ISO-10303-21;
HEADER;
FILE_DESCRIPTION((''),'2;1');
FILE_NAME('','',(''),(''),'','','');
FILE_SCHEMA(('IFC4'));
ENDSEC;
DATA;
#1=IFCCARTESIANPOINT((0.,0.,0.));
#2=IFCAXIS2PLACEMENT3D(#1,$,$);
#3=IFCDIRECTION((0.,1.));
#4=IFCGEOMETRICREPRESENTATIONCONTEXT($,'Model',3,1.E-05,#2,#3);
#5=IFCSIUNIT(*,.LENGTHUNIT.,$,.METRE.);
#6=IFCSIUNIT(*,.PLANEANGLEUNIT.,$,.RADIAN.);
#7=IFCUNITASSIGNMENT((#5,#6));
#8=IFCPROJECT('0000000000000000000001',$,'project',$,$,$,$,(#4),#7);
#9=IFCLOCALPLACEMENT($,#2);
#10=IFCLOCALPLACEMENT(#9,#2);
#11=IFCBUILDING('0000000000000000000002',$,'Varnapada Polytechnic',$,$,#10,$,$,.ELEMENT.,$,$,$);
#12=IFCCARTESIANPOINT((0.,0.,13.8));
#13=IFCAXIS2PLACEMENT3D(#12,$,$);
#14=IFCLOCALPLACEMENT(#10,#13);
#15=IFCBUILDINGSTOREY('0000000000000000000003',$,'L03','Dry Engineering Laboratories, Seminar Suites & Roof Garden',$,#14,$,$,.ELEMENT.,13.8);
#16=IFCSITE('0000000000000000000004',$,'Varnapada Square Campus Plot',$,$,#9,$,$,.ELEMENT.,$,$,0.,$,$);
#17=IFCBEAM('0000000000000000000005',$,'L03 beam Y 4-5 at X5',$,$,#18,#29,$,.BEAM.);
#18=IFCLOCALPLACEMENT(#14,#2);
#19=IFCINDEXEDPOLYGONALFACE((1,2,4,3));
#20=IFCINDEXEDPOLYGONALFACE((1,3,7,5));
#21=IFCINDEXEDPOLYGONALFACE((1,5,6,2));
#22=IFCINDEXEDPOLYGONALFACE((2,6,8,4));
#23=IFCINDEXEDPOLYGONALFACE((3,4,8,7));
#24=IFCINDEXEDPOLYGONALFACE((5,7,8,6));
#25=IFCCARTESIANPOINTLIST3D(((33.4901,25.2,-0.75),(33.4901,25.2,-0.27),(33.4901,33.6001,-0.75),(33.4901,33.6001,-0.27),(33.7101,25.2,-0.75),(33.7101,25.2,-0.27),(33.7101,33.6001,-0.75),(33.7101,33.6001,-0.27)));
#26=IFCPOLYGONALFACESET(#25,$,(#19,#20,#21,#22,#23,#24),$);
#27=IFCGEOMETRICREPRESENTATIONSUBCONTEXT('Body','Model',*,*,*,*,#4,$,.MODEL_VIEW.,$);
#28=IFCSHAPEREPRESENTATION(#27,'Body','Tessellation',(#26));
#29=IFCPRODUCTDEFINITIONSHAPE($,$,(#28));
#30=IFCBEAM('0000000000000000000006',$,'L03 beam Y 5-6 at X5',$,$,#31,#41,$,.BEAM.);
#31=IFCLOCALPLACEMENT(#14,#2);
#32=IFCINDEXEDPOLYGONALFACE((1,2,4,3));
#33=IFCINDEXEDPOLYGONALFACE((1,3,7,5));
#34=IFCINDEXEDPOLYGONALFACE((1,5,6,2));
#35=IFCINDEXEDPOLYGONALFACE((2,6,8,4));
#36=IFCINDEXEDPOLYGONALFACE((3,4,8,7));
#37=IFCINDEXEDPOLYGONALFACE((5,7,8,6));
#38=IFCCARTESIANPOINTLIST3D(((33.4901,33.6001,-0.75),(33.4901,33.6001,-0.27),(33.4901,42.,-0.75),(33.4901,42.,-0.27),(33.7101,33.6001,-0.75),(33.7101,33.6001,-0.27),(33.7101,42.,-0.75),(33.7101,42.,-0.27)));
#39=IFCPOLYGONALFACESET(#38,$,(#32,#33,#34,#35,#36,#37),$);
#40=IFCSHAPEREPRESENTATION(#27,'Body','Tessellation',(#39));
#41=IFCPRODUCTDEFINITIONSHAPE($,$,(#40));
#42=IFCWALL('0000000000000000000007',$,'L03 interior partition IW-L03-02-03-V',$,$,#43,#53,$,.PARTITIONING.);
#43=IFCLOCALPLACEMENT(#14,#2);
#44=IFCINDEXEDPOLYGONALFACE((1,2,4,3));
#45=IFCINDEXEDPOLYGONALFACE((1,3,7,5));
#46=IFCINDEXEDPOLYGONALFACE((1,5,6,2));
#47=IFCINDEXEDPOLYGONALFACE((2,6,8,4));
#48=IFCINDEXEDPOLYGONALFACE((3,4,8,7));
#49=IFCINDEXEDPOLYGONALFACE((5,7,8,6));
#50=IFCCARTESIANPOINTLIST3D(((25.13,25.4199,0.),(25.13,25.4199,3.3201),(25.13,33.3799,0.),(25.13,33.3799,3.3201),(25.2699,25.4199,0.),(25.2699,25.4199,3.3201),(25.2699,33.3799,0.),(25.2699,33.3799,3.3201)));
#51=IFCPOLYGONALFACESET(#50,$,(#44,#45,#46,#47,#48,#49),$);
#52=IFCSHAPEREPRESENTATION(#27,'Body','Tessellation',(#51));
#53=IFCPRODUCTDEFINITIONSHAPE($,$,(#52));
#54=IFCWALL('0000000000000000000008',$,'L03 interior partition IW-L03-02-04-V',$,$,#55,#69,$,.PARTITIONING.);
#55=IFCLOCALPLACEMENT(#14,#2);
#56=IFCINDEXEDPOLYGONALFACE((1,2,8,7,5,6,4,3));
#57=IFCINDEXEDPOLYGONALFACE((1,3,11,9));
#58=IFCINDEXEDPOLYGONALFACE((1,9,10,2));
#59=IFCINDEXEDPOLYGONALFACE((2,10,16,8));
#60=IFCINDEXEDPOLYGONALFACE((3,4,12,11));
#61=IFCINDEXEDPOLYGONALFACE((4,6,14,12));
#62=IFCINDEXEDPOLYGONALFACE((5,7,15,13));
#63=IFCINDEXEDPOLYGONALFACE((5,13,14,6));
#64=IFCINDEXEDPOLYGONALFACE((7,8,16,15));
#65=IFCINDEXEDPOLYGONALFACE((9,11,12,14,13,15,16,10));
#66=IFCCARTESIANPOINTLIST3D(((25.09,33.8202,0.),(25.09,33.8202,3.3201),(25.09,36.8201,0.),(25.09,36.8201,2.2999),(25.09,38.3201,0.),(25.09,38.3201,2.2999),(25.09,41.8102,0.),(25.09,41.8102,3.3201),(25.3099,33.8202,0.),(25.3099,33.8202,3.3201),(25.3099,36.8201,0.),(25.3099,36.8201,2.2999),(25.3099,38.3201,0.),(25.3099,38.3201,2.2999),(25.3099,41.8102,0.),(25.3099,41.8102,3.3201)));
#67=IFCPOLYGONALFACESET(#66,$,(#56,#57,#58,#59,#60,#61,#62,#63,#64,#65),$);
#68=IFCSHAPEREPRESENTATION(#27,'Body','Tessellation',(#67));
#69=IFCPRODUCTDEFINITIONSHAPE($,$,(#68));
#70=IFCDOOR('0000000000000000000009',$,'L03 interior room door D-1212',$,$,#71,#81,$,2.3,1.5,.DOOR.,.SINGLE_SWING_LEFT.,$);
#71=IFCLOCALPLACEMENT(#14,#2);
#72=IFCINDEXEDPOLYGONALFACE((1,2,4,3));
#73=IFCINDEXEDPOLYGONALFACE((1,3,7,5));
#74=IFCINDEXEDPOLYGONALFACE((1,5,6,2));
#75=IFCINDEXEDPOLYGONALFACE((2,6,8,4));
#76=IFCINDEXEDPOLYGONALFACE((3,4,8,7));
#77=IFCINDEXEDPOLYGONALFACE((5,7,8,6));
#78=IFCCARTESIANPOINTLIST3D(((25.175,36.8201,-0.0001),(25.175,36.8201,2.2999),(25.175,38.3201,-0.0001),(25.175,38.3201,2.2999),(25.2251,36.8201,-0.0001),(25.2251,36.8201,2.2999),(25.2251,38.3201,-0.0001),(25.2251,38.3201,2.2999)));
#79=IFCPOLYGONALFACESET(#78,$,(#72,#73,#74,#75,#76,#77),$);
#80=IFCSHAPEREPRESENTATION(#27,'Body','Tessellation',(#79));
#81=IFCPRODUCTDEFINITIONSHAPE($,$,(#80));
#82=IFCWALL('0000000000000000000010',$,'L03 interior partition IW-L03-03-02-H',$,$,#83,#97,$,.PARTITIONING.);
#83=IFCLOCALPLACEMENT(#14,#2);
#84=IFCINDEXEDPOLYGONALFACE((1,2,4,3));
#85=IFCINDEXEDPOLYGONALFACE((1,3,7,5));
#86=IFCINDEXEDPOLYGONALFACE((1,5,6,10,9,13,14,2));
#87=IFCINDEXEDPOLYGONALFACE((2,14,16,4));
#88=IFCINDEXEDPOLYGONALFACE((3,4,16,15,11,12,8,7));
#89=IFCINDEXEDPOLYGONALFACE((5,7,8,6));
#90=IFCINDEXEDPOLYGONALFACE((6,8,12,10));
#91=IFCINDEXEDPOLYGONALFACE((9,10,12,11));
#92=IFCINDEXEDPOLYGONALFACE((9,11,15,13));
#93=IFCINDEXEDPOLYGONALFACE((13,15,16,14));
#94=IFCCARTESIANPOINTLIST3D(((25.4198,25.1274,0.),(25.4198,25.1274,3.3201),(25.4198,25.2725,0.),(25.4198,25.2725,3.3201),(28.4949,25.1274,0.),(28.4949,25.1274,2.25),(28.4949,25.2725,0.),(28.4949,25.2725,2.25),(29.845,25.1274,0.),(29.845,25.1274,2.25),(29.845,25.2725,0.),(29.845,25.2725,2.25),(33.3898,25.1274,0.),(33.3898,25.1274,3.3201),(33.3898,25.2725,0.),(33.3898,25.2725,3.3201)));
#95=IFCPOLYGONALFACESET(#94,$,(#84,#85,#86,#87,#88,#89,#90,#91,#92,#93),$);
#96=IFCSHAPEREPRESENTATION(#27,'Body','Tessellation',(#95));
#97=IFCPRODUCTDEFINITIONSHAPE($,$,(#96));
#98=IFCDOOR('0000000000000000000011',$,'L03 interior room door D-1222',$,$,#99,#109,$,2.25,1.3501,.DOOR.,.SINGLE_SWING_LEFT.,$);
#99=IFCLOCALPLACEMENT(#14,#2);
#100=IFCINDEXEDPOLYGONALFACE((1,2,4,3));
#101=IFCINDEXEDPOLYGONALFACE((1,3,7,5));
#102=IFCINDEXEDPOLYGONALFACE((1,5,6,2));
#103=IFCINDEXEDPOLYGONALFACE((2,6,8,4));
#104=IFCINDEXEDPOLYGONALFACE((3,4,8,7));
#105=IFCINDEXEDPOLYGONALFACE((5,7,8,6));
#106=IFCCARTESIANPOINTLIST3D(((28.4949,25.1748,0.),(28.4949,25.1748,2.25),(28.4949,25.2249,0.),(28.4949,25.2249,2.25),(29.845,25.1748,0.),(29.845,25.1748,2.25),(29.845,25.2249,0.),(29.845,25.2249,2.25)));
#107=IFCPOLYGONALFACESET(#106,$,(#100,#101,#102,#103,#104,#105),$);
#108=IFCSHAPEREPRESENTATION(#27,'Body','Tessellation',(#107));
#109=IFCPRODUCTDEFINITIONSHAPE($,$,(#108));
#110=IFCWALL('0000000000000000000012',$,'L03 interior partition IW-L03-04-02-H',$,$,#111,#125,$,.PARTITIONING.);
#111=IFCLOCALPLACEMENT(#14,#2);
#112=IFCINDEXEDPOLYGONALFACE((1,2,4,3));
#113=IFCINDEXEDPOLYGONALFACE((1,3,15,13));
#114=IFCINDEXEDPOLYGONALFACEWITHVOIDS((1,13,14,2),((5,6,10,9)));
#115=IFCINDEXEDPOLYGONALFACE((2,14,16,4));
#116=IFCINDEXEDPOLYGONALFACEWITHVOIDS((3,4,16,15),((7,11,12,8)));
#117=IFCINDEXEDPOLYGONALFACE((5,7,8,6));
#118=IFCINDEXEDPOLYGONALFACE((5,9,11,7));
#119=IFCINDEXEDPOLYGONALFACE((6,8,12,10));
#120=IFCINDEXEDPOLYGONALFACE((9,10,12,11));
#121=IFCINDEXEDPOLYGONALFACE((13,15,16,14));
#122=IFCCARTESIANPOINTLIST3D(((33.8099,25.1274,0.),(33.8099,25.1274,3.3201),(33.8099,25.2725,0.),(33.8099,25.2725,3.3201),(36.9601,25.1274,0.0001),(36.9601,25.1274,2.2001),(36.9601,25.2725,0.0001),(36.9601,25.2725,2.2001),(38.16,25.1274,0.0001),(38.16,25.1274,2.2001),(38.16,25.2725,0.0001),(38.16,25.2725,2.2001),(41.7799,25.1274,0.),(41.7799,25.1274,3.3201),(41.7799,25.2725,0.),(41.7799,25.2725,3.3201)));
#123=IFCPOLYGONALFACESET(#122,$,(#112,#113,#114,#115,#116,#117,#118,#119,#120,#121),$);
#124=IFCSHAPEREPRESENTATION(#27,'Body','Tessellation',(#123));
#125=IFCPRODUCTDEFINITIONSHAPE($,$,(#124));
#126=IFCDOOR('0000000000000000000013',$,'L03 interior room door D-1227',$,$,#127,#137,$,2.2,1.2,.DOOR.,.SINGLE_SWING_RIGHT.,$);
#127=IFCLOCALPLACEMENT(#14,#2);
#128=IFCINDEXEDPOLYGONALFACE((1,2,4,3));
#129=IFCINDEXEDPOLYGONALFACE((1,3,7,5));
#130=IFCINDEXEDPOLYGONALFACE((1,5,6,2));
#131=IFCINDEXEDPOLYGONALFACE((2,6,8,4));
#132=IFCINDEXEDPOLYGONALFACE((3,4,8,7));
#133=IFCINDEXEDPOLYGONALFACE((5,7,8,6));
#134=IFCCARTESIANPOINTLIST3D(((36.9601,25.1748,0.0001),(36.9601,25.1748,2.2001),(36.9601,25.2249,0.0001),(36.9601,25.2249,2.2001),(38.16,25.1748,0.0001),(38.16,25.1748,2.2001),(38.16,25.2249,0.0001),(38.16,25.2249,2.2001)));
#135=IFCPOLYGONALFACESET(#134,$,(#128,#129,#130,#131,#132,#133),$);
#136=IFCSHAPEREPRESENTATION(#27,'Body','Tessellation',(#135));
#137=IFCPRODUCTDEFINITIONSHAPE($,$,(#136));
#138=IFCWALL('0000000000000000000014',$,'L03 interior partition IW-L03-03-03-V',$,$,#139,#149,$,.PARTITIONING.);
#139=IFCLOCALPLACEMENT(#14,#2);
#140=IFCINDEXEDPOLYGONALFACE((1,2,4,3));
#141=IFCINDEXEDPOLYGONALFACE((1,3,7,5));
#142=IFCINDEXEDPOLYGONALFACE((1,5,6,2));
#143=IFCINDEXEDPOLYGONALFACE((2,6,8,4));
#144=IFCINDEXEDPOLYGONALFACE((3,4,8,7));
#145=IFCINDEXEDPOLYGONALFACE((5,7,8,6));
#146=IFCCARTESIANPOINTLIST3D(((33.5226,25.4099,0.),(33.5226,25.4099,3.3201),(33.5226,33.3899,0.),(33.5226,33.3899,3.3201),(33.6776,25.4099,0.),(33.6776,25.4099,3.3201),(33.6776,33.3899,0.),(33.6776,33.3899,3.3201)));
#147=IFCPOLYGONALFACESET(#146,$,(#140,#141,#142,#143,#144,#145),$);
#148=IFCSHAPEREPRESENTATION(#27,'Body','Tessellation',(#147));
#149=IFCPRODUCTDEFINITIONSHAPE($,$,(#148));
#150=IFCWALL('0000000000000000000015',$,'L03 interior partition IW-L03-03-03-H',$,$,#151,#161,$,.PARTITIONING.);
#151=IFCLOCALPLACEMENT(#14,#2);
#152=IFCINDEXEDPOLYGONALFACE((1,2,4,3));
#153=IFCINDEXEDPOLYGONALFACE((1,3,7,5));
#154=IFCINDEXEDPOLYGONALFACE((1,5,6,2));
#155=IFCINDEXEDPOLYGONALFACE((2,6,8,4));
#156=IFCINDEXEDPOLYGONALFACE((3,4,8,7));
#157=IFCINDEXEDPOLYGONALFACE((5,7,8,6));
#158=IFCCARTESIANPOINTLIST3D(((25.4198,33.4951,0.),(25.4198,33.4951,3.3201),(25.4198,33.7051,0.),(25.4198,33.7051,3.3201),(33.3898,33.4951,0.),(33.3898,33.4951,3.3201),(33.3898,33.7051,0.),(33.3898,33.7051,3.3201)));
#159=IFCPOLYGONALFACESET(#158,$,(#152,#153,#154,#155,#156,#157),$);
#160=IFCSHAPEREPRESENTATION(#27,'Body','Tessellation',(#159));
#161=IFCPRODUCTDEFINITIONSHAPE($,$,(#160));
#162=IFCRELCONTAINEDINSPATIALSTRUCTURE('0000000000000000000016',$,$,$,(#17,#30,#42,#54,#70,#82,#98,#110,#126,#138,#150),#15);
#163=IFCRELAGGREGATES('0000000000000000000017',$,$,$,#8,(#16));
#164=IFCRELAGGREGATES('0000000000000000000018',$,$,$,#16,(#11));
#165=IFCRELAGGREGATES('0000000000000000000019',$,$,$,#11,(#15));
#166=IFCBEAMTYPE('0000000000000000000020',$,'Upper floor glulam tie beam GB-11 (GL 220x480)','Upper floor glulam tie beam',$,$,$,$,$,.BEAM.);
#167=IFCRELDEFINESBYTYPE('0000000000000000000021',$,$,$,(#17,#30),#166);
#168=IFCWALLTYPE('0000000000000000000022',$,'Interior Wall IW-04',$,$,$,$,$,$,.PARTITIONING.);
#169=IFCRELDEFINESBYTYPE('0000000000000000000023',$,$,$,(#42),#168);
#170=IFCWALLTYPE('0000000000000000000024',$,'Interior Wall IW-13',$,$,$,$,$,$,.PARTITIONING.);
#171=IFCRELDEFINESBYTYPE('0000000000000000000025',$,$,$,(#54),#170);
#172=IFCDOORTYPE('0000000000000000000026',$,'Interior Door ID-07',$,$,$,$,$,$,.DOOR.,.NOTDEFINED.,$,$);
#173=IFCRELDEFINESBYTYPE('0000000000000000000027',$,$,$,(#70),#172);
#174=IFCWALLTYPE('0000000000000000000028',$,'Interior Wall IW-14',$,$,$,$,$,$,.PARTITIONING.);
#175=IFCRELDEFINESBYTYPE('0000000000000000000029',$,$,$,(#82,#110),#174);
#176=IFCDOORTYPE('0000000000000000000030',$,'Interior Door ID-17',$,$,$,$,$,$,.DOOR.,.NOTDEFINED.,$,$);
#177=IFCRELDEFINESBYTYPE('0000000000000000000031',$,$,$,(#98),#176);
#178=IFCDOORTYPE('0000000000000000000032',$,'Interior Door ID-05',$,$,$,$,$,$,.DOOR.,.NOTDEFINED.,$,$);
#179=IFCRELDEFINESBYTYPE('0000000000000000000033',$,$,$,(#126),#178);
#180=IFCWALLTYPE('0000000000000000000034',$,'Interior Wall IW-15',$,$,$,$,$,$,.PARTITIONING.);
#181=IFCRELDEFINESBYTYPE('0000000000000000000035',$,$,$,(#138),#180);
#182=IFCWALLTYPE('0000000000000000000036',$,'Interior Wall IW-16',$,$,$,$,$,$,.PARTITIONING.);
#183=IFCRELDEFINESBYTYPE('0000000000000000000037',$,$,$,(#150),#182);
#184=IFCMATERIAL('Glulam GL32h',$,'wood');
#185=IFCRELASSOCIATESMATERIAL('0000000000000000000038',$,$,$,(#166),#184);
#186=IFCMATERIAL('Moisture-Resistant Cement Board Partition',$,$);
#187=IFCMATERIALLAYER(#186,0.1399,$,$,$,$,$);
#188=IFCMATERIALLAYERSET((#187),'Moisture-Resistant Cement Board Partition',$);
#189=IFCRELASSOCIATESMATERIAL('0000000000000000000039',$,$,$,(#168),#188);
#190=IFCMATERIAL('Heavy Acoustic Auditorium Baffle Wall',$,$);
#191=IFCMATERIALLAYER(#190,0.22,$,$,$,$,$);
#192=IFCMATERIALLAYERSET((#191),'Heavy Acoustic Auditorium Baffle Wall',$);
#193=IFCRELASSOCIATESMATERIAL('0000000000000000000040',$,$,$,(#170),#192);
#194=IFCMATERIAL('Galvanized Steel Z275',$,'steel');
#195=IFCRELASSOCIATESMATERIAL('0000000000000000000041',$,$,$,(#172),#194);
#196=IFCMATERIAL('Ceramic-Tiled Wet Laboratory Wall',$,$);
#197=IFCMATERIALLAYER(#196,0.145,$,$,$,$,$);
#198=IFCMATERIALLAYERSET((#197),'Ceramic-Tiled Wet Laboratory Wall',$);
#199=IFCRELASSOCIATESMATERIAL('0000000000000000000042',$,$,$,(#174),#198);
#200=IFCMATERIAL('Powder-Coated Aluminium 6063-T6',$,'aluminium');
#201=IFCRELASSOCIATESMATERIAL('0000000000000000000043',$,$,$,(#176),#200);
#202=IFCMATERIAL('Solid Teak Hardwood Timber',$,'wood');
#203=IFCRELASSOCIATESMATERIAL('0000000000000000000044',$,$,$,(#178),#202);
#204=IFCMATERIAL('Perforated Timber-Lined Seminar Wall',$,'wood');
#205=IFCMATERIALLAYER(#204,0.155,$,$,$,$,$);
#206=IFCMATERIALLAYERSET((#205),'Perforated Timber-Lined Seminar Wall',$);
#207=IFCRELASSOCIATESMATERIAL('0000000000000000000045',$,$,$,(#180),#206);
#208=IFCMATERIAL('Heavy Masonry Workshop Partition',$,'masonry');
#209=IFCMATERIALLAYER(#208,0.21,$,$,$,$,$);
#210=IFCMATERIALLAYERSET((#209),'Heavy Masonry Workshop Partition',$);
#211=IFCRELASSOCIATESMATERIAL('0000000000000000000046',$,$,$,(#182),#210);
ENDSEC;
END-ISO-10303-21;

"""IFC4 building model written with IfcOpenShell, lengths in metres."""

from ifc_helpers import new_model, si_unit, direction, frame, frame_2d, origin, origin_2d, place, context, subcontext, project, spatial, rectangle, extrude, material, layer, layer_set, material_profile, profile_set, type_object, element, fill, save


model = new_model("IFC4")

# Units and contexts
model_context = context("Model", 3, precision=1e-05, world=origin(), true_north=direction((0.0, 1.0)))
body_context = subcontext(model_context, "Body", "Model", "MODEL_VIEW")
ifc_project = project(units=[si_unit("LENGTHUNIT", "METRE"), si_unit("PLANEANGLEUNIT", "RADIAN")], contexts=[model_context])

# Site, building, storey
site_placement = place(None, origin())
site = spatial("IfcSite", under=ifc_project, at=site_placement, Name="Varnapada Square Campus Plot", CompositionType="ELEMENT", RefElevation=0.0)
building_placement = place(site_placement, origin())
building = spatial("IfcBuilding", under=site, at=building_placement, Name="Varnapada Polytechnic", CompositionType="ELEMENT")
storey_placement = place(building_placement, frame((0.0, 0.0, 13.8)))
storey = spatial("IfcBuildingStorey", under=building, at=storey_placement, Name="L03", Description="Dry Engineering Laboratories, Seminar Suites & Roof Garden", CompositionType="ELEMENT", Elevation=13.8)

# Shared definitions
ifc_material_1 = material(Name="Glulam GL32h", Category="wood")

# Beams
ifc_material_profile_1 = material_profile(ifc_material_1, rectangle(XDim=0.22, YDim=0.48, at=origin_2d()), Name="GL 220x480")
ifc_profile_set_1 = profile_set([ifc_material_profile_1], Name="Glulam GL32h")
beam_type_1 = type_object("IfcBeamType", Name="Upper floor glulam tie beam GB-11 (GL 220x480)", Description="Upper floor glulam tie beam", PredefinedType="BEAM", material=ifc_profile_set_1)
beam_1_placement = place(storey_placement, frame((33.6001, 25.2, -0.51), z_axis=(0.0, 1.0, 0.0), x_axis=(-1.0, 0.0, 0.0)))
element("IfcBeam", 1, at=beam_1_placement, inside=storey, type_object=beam_type_1, Name="L03 beam Y 4-5 at X5", PredefinedType="BEAM", context=body_context, shape_type="SweptSolid", body=[
    extrude(rectangle(XDim=0.22, YDim=0.48, at=origin_2d()), origin(), (0.0, 0.0, 1.0), 8.4001),
])
beam_2_placement = place(storey_placement, frame((33.6001, 33.6001, -0.51), z_axis=(0.0, 1.0, 0.0), x_axis=(-1.0, 0.0, 0.0)))
element("IfcBeam", 2, at=beam_2_placement, inside=storey, type_object=beam_type_1, Name="L03 beam Y 5-6 at X5", PredefinedType="BEAM", context=body_context, shape_type="SweptSolid", body=[
    extrude(rectangle(XDim=0.22, YDim=0.48, at=origin_2d()), origin(), (0.0, 0.0, 1.0), 8.3999),
])

# Wall
ifc_material_2 = material(Name="Moisture-Resistant Cement Board Partition")
ifc_layer_1 = layer(ifc_material_2, 0.1399)
ifc_layer_set_1 = layer_set([ifc_layer_1], Name="Moisture-Resistant Cement Board Partition")
wall_type_1 = type_object("IfcWallType", Name="Interior Wall IW-04", PredefinedType="PARTITIONING", material=ifc_layer_set_1)
wall_1_placement = place(storey_placement, frame((25.2, 25.4199, 0.0), z_axis=(0.0, 0.0, 1.0), x_axis=(0.0, 1.0, 0.0)))
element("IfcWall", 3, at=wall_1_placement, inside=storey, type_object=wall_type_1, Name="L03 interior partition IW-L03-02-03-V", PredefinedType="PARTITIONING", context=body_context, shape_type="SweptSolid", body=[
    extrude(rectangle(XDim=7.96, YDim=0.1399, at=frame_2d((3.98, 0.0))), origin(), (0.0, 0.0, 1.0), 3.3201),
])

# Walls, openings, doors
ifc_material_3 = material(Name="Heavy Acoustic Auditorium Baffle Wall")
ifc_layer_2 = layer(ifc_material_3, 0.22)
ifc_layer_set_2 = layer_set([ifc_layer_2], Name="Heavy Acoustic Auditorium Baffle Wall")
wall_type_2 = type_object("IfcWallType", Name="Interior Wall IW-13", PredefinedType="PARTITIONING", material=ifc_layer_set_2)
wall_2_placement = place(storey_placement, frame((25.2, 33.8201, 0.0), z_axis=(0.0, 0.0, 1.0), x_axis=(0.0, 1.0, 0.0)))
wall_2 = element("IfcWall", 4, at=wall_2_placement, inside=storey, type_object=wall_type_2, Name="L03 interior partition IW-L03-02-04-V", PredefinedType="PARTITIONING", context=body_context, shape_type="SweptSolid", body=[
    extrude(rectangle(XDim=7.99, YDim=0.22, at=frame_2d((3.9951, 0.0))), origin(), (0.0, 0.0, 1.0), 3.3201),
])
opening_1_placement = place(wall_2_placement, frame((3.0, 0.0, 0.0)))
opening_1 = element("IfcOpeningElement", 5, at=opening_1_placement, cuts=wall_2, PredefinedType="OPENING", context=body_context, shape_type="SweptSolid", body=[
    extrude(rectangle(XDim=1.5, YDim=2.3, at=frame_2d((0.75, 1.1499))), frame((0.0, 0.1199, 0.0), z_axis=(0.0, -1.0, 0.0), x_axis=(1.0, 0.0, 0.0)), (0.0, 0.0, 1.0), 0.24),
])
ifc_material_4 = material(Name="Galvanized Steel Z275", Category="steel")
door_type_1 = type_object("IfcDoorType", Name="Interior Door ID-07", OperationType="NOTDEFINED", PredefinedType="DOOR", material=ifc_material_4)
door_1_placement = place(opening_1_placement, origin())
door_1 = element("IfcDoor", 6, at=door_1_placement, inside=storey, type_object=door_type_1, Name="L03 interior room door D-1212", OperationType="SINGLE_SWING_LEFT", OverallHeight=2.3, OverallWidth=1.5, PredefinedType="DOOR", context=body_context, shape_type="SweptSolid", body=[
    extrude(rectangle(XDim=1.5, YDim=2.3, at=frame_2d((0.75, 1.1499))), frame((0.0, 0.0249, 0.0), z_axis=(0.0, -1.0, 0.0), x_axis=(1.0, 0.0, 0.0)), (0.0, 0.0, 1.0), 0.05),
])
fill(opening_1, door_1)
ifc_material_5 = material(Name="Ceramic-Tiled Wet Laboratory Wall")
ifc_layer_3 = layer(ifc_material_5, 0.145)
ifc_layer_set_3 = layer_set([ifc_layer_3], Name="Ceramic-Tiled Wet Laboratory Wall")
wall_type_3 = type_object("IfcWallType", Name="Interior Wall IW-14", PredefinedType="PARTITIONING", material=ifc_layer_set_3)
wall_3_placement = place(storey_placement, frame((25.4199, 25.2, 0.0), z_axis=(0.0, 0.0, 1.0), x_axis=(1.0, 0.0, 0.0)))
wall_3 = element("IfcWall", 7, at=wall_3_placement, inside=storey, type_object=wall_type_3, Name="L03 interior partition IW-L03-03-02-H", PredefinedType="PARTITIONING", context=body_context, shape_type="SweptSolid", body=[
    extrude(rectangle(XDim=7.97, YDim=0.145, at=frame_2d((3.9849, 0.0))), origin(), (0.0, 0.0, 1.0), 3.3201),
])
opening_2_placement = place(wall_3_placement, frame((3.075, 0.0, 0.0)))
opening_2 = element("IfcOpeningElement", 8, at=opening_2_placement, cuts=wall_3, PredefinedType="OPENING", context=body_context, shape_type="SweptSolid", body=[
    extrude(rectangle(XDim=1.3501, YDim=2.25, at=frame_2d((0.675, 1.125))), frame((0.0, 0.0825, 0.0), z_axis=(0.0, -1.0, 0.0), x_axis=(1.0, 0.0, 0.0)), (0.0, 0.0, 1.0), 0.165),
])
ifc_material_6 = material(Name="Powder-Coated Aluminium 6063-T6", Category="aluminium")
door_type_2 = type_object("IfcDoorType", Name="Interior Door ID-17", OperationType="NOTDEFINED", PredefinedType="DOOR", material=ifc_material_6)
door_2_placement = place(opening_2_placement, origin())
door_2 = element("IfcDoor", 9, at=door_2_placement, inside=storey, type_object=door_type_2, Name="L03 interior room door D-1222", OperationType="SINGLE_SWING_LEFT", OverallHeight=2.25, OverallWidth=1.3501, PredefinedType="DOOR", context=body_context, shape_type="SweptSolid", body=[
    extrude(rectangle(XDim=1.3501, YDim=2.25, at=frame_2d((0.675, 1.125))), frame((0.0, 0.0249, 0.0), z_axis=(0.0, -1.0, 0.0), x_axis=(1.0, 0.0, 0.0)), (0.0, 0.0, 1.0), 0.05),
])
fill(opening_2, door_2)
wall_4_placement = place(storey_placement, frame((33.8101, 25.2, 0.0), z_axis=(0.0, 0.0, 1.0), x_axis=(1.0, 0.0, 0.0)))
wall_4 = element("IfcWall", 10, at=wall_4_placement, inside=storey, type_object=wall_type_3, Name="L03 interior partition IW-L03-04-02-H", PredefinedType="PARTITIONING", context=body_context, shape_type="SweptSolid", body=[
    extrude(rectangle(XDim=7.97, YDim=0.145, at=frame_2d((3.9849, 0.0))), origin(), (0.0, 0.0, 1.0), 3.3201),
])
opening_3_placement = place(wall_4_placement, frame((3.1499, 0.0, 0.0)))
opening_3 = element("IfcOpeningElement", 11, at=opening_3_placement, cuts=wall_4, PredefinedType="OPENING", context=body_context, shape_type="SweptSolid", body=[
    extrude(rectangle(XDim=1.2, YDim=2.2, at=frame_2d((0.6001, 1.1001))), frame((0.0, 0.0825, 0.0), z_axis=(0.0, -1.0, 0.0), x_axis=(1.0, 0.0, 0.0)), (0.0, 0.0, 1.0), 0.165),
])
ifc_material_7 = material(Name="Solid Teak Hardwood Timber", Category="wood")
door_type_3 = type_object("IfcDoorType", Name="Interior Door ID-05", OperationType="NOTDEFINED", PredefinedType="DOOR", material=ifc_material_7)
door_3_placement = place(opening_3_placement, origin())
door_3 = element("IfcDoor", 12, at=door_3_placement, inside=storey, type_object=door_type_3, Name="L03 interior room door D-1227", OperationType="SINGLE_SWING_RIGHT", OverallHeight=2.2, OverallWidth=1.2, PredefinedType="DOOR", context=body_context, shape_type="SweptSolid", body=[
    extrude(rectangle(XDim=1.2, YDim=2.2, at=frame_2d((0.6001, 1.1001))), frame((0.0, 0.0249, 0.0), z_axis=(0.0, -1.0, 0.0), x_axis=(1.0, 0.0, 0.0)), (0.0, 0.0, 1.0), 0.05),
])
fill(opening_3, door_3)

# Walls
ifc_material_8 = material(Name="Perforated Timber-Lined Seminar Wall", Category="wood")
ifc_layer_4 = layer(ifc_material_8, 0.155)
ifc_layer_set_4 = layer_set([ifc_layer_4], Name="Perforated Timber-Lined Seminar Wall")
wall_type_4 = type_object("IfcWallType", Name="Interior Wall IW-15", PredefinedType="PARTITIONING", material=ifc_layer_set_4)
wall_5_placement = place(storey_placement, frame((33.6001, 25.4099, 0.0), z_axis=(0.0, 0.0, 1.0), x_axis=(0.0, 1.0, 0.0)))
element("IfcWall", 13, at=wall_5_placement, inside=storey, type_object=wall_type_4, Name="L03 interior partition IW-L03-03-03-V", PredefinedType="PARTITIONING", context=body_context, shape_type="SweptSolid", body=[
    extrude(rectangle(XDim=7.98, YDim=0.155, at=frame_2d((3.99, 0.0))), origin(), (0.0, 0.0, 1.0), 3.3201),
])
ifc_material_9 = material(Name="Heavy Masonry Workshop Partition", Category="masonry")
ifc_layer_5 = layer(ifc_material_9, 0.21)
ifc_layer_set_5 = layer_set([ifc_layer_5], Name="Heavy Masonry Workshop Partition")
wall_type_5 = type_object("IfcWallType", Name="Interior Wall IW-16", PredefinedType="PARTITIONING", material=ifc_layer_set_5)
for number, where, z_axis, x_axis, name in (
    (14, (25.4199, 33.6001, 0.0), (0.0, 0.0, 1.0), (1.0, 0.0, 0.0), "L03 interior partition IW-L03-03-03-H"),
):
    element("IfcWall", number, at=place(storey_placement, frame(where, z_axis=z_axis, x_axis=x_axis)), inside=storey, type_object=wall_type_5, Name=name, PredefinedType="PARTITIONING", context=body_context, shape_type="SweptSolid", body=[
        extrude(rectangle(XDim=7.97, YDim=0.21, at=frame_2d((3.9849, 0.0))), origin(), (0.0, 0.0, 1.0), 3.3201),
    ])

save(model, "model.ifc")
